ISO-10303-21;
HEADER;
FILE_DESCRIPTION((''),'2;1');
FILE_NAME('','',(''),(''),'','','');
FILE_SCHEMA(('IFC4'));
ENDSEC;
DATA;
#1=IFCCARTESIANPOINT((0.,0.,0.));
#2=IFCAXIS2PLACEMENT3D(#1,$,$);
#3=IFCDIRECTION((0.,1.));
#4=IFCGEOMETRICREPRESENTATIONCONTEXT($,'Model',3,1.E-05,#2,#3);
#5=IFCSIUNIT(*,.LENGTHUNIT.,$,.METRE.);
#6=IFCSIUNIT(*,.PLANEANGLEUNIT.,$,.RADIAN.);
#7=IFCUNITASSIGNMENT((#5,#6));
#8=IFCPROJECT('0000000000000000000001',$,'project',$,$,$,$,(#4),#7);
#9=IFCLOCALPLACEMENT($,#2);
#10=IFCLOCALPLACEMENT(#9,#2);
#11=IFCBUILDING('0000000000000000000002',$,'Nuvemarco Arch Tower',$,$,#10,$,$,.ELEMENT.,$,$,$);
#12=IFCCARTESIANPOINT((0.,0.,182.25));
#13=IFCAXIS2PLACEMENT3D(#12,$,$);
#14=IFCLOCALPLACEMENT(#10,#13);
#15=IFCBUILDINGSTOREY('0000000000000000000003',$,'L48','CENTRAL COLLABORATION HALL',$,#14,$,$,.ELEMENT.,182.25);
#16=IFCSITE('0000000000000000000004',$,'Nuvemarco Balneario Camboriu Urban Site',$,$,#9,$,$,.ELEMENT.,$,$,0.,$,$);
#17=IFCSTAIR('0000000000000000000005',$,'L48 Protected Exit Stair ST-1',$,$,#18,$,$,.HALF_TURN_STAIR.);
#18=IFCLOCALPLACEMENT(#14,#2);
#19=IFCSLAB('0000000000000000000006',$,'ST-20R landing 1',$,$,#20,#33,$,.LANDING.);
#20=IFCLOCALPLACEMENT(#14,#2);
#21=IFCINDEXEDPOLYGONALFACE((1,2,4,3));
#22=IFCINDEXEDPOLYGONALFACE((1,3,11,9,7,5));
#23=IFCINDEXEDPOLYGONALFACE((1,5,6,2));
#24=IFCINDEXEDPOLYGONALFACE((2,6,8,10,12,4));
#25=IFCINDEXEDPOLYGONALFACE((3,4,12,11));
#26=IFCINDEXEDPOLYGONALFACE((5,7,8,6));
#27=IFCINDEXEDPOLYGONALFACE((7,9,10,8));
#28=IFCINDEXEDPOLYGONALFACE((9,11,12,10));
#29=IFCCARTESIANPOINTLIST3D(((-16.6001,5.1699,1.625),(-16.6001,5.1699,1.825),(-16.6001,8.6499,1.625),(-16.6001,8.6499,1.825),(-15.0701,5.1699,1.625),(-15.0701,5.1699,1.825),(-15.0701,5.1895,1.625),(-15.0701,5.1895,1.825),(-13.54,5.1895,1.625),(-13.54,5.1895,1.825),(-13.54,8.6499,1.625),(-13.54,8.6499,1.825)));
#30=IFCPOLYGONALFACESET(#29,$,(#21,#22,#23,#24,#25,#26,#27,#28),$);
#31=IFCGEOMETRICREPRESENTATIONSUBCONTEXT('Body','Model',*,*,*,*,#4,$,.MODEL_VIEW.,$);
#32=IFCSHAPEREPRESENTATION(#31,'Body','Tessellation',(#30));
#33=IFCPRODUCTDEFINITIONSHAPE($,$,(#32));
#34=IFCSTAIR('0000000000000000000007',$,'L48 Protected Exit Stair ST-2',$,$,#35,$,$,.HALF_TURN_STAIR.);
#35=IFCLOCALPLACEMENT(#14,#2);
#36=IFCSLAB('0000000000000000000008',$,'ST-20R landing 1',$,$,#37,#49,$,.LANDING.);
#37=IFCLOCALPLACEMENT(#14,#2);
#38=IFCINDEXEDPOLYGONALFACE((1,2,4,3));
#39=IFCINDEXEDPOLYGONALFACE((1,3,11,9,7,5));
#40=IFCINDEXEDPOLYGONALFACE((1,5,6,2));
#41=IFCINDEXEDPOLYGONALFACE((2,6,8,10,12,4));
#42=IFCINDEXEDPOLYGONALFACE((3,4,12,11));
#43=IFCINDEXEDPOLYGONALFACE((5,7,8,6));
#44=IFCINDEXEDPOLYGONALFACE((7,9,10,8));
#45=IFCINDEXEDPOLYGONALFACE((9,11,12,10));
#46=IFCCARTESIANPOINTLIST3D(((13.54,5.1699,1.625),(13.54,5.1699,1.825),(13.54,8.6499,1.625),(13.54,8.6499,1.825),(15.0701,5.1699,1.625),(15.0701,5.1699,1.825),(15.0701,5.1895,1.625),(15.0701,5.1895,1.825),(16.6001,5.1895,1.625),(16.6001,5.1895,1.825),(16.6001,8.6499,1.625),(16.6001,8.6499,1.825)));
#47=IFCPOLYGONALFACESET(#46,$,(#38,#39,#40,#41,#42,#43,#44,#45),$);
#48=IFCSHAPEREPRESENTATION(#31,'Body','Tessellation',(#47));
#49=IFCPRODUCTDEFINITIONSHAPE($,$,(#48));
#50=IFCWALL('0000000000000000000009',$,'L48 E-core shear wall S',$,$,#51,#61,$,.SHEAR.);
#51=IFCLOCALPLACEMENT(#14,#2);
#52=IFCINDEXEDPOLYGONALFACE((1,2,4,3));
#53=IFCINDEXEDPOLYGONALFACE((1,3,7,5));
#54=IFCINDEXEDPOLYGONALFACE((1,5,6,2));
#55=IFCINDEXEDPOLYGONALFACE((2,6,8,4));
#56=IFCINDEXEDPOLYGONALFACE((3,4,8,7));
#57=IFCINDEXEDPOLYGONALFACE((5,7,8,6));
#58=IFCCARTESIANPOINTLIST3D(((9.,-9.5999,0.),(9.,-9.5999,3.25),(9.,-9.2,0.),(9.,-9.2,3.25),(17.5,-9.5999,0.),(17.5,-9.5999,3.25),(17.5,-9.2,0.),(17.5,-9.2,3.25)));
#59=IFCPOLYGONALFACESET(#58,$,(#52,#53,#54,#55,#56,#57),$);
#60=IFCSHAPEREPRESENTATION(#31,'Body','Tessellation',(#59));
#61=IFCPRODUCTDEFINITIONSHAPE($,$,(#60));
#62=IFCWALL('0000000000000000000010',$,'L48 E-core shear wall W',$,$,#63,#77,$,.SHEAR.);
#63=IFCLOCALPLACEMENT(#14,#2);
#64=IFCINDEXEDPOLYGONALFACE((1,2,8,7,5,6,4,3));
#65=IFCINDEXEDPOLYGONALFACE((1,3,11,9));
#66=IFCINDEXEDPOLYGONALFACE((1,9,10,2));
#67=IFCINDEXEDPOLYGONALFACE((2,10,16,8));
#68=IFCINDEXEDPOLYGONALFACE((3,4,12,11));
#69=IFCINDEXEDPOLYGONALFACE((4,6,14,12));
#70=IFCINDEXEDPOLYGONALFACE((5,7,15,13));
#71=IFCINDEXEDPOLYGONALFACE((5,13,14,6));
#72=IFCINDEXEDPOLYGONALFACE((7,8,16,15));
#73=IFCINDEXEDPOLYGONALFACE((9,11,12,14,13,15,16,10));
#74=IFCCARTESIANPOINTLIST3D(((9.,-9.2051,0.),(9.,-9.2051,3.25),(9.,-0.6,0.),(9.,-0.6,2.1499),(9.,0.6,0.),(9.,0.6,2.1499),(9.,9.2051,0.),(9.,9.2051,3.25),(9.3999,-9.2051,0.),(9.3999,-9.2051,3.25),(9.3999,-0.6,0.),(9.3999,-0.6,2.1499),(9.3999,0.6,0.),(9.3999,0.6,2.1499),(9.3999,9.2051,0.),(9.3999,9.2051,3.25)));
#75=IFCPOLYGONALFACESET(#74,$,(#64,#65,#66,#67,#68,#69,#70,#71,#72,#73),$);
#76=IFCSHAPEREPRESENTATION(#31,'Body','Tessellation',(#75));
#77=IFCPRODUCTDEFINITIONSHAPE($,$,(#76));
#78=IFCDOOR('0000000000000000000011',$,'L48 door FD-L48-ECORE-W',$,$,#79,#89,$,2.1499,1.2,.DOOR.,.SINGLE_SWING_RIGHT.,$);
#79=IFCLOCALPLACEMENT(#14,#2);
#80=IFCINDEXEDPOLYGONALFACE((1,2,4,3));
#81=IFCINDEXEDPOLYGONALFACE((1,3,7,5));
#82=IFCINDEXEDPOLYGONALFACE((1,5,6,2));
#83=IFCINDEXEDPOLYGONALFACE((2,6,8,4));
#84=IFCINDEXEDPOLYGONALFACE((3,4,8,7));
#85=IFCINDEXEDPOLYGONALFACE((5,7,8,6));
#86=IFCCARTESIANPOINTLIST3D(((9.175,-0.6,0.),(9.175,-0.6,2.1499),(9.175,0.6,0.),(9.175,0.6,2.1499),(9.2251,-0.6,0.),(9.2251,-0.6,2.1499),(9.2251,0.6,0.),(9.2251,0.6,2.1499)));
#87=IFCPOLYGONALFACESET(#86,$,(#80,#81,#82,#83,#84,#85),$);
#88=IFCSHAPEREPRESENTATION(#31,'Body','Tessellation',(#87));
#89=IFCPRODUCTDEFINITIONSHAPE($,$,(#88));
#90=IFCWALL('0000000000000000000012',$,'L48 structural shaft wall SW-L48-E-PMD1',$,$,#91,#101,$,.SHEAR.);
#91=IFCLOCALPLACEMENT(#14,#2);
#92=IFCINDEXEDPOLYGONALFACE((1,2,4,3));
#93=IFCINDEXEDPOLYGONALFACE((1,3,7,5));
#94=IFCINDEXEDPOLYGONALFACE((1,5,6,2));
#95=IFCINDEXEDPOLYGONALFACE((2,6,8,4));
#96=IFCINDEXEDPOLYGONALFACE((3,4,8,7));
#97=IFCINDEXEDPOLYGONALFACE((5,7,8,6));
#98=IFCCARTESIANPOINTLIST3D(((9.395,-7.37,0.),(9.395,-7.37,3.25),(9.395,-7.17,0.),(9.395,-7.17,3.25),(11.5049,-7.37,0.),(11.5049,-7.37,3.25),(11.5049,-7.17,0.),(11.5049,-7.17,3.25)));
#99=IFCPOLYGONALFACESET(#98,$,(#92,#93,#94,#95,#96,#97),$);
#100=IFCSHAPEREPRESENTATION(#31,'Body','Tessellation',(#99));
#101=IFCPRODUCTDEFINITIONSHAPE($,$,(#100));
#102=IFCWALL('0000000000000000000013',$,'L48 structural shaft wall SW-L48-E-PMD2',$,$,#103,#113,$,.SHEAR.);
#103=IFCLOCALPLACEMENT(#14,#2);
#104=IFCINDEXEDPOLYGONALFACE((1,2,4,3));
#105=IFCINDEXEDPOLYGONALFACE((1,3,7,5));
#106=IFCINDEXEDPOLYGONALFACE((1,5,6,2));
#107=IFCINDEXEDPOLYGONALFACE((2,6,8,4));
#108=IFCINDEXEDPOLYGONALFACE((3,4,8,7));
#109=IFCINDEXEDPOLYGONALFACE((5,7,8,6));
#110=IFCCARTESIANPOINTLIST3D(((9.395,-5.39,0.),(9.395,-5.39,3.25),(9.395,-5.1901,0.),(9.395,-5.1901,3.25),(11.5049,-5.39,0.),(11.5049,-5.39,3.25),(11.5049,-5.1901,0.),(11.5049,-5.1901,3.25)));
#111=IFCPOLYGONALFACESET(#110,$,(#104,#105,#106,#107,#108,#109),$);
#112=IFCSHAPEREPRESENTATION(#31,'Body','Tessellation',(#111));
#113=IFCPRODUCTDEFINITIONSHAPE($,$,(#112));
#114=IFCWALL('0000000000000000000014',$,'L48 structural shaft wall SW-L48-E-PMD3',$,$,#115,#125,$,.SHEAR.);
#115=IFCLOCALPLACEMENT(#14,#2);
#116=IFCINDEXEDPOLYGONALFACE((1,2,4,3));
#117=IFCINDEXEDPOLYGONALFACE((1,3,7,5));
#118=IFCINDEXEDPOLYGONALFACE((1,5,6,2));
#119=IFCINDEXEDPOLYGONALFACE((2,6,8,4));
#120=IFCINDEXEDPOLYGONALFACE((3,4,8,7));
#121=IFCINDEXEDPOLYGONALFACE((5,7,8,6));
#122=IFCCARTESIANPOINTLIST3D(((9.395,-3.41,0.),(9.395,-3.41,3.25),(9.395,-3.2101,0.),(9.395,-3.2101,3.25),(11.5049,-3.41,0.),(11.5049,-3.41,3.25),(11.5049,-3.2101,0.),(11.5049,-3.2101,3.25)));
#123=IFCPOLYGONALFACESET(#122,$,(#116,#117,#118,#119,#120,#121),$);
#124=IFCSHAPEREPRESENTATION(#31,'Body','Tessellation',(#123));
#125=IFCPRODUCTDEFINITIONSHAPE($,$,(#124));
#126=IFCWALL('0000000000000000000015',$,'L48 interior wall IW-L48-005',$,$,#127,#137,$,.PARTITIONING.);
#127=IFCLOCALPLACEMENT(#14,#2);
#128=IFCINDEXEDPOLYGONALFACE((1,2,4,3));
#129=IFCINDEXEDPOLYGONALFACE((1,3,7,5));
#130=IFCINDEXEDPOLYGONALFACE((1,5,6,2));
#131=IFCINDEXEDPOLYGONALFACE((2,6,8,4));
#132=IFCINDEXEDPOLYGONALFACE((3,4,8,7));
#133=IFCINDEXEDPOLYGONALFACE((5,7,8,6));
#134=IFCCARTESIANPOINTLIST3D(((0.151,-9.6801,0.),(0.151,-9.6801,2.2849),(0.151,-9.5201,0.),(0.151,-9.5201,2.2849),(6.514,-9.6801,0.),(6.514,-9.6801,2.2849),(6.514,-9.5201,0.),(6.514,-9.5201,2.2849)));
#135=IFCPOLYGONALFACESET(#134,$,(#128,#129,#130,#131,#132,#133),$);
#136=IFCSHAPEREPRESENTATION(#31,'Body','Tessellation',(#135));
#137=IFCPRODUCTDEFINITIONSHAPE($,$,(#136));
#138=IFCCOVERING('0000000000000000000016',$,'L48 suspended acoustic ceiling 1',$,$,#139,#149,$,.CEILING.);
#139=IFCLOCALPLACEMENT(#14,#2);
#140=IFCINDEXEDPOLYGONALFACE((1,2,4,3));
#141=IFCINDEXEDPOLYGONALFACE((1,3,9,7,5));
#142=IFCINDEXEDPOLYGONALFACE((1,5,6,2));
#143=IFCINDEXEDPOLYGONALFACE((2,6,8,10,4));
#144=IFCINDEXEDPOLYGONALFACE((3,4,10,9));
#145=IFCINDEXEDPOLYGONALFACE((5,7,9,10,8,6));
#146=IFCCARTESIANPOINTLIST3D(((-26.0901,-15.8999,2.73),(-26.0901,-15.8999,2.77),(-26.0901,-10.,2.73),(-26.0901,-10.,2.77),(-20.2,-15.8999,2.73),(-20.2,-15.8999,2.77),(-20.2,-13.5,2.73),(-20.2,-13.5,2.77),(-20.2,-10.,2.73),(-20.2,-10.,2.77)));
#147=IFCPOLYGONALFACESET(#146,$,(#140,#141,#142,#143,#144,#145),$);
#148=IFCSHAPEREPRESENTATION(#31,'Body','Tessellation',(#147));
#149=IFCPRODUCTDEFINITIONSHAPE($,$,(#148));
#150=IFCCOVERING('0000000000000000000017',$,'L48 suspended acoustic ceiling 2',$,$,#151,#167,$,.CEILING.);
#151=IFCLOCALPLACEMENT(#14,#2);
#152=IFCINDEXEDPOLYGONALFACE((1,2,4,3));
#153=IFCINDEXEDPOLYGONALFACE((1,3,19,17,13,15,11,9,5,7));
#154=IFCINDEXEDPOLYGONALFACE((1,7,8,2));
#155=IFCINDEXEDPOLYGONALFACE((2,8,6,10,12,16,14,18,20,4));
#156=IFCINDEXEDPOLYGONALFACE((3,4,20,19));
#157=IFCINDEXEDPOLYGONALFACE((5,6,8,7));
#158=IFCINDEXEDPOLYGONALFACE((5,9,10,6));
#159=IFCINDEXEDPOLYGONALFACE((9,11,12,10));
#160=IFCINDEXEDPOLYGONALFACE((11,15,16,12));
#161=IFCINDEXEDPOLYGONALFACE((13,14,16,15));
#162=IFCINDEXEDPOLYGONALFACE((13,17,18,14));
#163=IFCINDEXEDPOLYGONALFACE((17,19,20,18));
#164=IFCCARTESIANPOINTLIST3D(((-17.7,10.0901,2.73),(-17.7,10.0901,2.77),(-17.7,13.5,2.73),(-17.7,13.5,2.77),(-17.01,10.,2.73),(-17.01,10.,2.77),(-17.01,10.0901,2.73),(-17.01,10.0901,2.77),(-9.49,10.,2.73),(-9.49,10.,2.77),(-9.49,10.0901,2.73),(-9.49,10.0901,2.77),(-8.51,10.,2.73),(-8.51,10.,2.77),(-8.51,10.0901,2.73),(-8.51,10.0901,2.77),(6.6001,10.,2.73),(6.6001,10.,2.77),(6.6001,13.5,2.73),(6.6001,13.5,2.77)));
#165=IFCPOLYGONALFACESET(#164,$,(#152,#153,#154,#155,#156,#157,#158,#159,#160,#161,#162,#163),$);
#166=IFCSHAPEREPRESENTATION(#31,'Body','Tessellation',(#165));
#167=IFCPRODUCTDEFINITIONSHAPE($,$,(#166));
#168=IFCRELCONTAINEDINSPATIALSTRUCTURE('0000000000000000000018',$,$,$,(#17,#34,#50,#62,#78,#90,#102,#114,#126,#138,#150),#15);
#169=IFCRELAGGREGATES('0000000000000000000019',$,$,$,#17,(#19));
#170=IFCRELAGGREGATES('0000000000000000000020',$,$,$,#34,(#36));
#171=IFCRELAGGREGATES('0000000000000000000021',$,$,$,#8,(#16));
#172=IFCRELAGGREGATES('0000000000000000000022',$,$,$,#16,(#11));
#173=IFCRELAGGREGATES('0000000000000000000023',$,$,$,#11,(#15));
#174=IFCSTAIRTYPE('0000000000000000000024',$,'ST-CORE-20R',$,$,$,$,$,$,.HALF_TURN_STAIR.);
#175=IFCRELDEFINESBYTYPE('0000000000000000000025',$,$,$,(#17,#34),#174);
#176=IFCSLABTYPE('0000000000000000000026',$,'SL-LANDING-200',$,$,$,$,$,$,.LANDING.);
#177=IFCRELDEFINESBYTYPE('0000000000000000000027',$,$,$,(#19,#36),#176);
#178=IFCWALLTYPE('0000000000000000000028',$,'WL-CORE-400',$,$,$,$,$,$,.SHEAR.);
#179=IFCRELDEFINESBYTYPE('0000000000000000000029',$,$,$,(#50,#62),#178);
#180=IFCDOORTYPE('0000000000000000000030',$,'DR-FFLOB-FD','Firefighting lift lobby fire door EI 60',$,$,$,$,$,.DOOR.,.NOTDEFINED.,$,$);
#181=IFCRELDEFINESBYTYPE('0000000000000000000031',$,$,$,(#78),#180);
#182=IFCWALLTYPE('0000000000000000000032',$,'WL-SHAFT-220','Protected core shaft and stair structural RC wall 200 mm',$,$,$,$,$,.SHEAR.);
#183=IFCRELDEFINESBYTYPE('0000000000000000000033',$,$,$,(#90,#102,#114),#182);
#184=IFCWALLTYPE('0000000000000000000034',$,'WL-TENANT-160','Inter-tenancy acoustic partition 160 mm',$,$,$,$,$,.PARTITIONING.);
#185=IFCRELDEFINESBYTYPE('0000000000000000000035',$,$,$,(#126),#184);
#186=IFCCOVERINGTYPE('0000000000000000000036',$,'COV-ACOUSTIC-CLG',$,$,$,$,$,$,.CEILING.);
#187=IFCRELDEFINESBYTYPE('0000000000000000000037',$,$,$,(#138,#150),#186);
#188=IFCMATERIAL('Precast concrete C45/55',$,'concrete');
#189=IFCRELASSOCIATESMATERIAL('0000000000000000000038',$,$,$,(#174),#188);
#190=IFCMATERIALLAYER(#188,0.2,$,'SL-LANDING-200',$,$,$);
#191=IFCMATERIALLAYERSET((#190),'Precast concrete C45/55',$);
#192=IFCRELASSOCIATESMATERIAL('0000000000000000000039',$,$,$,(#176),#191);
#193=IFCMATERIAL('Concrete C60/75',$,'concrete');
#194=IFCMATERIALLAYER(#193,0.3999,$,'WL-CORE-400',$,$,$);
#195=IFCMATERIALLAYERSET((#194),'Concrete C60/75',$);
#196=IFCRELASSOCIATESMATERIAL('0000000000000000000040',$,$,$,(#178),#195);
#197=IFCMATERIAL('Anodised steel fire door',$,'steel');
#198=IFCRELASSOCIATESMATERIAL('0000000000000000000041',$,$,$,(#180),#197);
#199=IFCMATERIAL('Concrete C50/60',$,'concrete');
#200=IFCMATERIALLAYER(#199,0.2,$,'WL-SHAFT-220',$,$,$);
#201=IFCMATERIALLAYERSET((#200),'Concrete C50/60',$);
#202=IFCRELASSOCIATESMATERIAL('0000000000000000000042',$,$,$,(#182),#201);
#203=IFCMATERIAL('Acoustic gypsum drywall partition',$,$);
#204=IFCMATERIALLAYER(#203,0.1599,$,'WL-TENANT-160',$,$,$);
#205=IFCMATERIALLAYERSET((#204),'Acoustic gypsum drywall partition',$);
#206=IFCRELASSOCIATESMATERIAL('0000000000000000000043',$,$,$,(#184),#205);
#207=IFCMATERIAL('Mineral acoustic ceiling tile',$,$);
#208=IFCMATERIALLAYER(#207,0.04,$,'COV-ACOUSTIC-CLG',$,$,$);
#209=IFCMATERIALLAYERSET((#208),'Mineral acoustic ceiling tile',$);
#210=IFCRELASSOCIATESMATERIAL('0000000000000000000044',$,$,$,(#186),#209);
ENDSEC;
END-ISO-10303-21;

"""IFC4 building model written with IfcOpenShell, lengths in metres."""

from ifc_helpers import new_model, si_unit, direction, frame, frame_2d, origin, place, context, subcontext, project, spatial, polyline, rectangle, outline, extrude, source, transform, mapped, material, layer, layer_set, type_object, type_shapes, element, fill, aggregate, save


model = new_model("IFC4")

# Units and contexts
model_context = context("Model", 3, precision=1e-05, world=origin(), true_north=direction((0.0, 1.0)))
body_context = subcontext(model_context, "Body", "Model", "MODEL_VIEW")
ifc_project = project(units=[si_unit("LENGTHUNIT", "METRE"), si_unit("PLANEANGLEUNIT", "RADIAN")], contexts=[model_context])

# Site, building, storey
site_placement = place(None, origin())
site = spatial("IfcSite", under=ifc_project, at=site_placement, Name="Nuvemarco Balneario Camboriu Urban Site", CompositionType="ELEMENT", RefElevation=0.0)
building_placement = place(site_placement, origin())
building = spatial("IfcBuilding", under=site, at=building_placement, Name="Nuvemarco Arch Tower", CompositionType="ELEMENT")
storey_placement = place(building_placement, frame((0.0, 0.0, 182.25)))
storey = spatial("IfcBuildingStorey", under=building, at=storey_placement, Name="L48", Description="CENTRAL COLLABORATION HALL", CompositionType="ELEMENT", Elevation=182.25)

# Shared definitions
ifc_material_1 = material(Name="Concrete C50/60", Category="concrete")

# Shared definitions
ifc_material_2 = material(Name="Concrete C60/75", Category="concrete")

# Stairs, slabs
ifc_material_3 = material(Name="Precast concrete C45/55", Category="concrete")
stair_type = type_object("IfcStairType", Name="ST-CORE-20R", PredefinedType="HALF_TURN_STAIR", material=ifc_material_3)
stair_1_placement = place(storey_placement, origin())
stair_1 = element("IfcStair", 1, at=stair_1_placement, inside=storey, type_object=stair_type, Name="L48 Protected Exit Stair ST-1", PredefinedType="HALF_TURN_STAIR")
ifc_layer_1 = layer(ifc_material_3, 0.2, Name="SL-LANDING-200")
ifc_layer_set_1 = layer_set([ifc_layer_1], Name="Precast concrete C45/55")
slab_type = type_object("IfcSlabType", Name="SL-LANDING-200", PredefinedType="LANDING", material=ifc_layer_set_1)
slab_1_placement = place(storey_placement, frame((0.0, 0.0, 1.625)))
slab_1 = element("IfcSlab", 2, at=slab_1_placement, type_object=slab_type, Name="ST-20R landing 1", PredefinedType="LANDING", context=body_context, shape_type="SweptSolid", body=[
    extrude(outline(polyline([(-13.54, 5.1895), (-13.54, 8.6499), (-16.6001, 8.6499), (-16.6001, 5.1699), (-15.0701, 5.1699), (-15.0701, 5.1895), (-13.54, 5.1895)])), origin(), (0.0, 0.0, 1.0), 0.2),
])
aggregate(stair_1, [slab_1])
stair_2_placement = place(storey_placement, origin())
stair_2 = element("IfcStair", 3, at=stair_2_placement, inside=storey, type_object=stair_type, Name="L48 Protected Exit Stair ST-2", PredefinedType="HALF_TURN_STAIR")
slab_2_placement = place(storey_placement, frame((0.0, 0.0, 1.625)))
slab_2 = element("IfcSlab", 4, at=slab_2_placement, type_object=slab_type, Name="ST-20R landing 1", PredefinedType="LANDING", context=body_context, shape_type="SweptSolid", body=[
    extrude(outline(polyline([(16.6001, 5.1895), (16.6001, 8.6499), (13.54, 8.6499), (13.54, 5.1699), (15.0701, 5.1699), (15.0701, 5.1895), (16.6001, 5.1895)])), origin(), (0.0, 0.0, 1.0), 0.2),
])
aggregate(stair_2, [slab_2])

# Wall
ifc_layer_2 = layer(ifc_material_2, 0.3999, Name="WL-CORE-400")
ifc_layer_set_2 = layer_set([ifc_layer_2], Name="Concrete C60/75")
wall_type_1 = type_object("IfcWallType", Name="WL-CORE-400", PredefinedType="SHEAR", material=ifc_layer_set_2)
wall_1_placement = place(storey_placement, frame((9.0, -9.3999, 0.0), z_axis=(0.0, 0.0, 1.0), x_axis=(1.0, 0.0, 0.0)))
element("IfcWall", 5, at=wall_1_placement, inside=storey, type_object=wall_type_1, Name="L48 E-core shear wall S", PredefinedType="SHEAR", context=body_context, shape_type="SweptSolid", body=[
    extrude(rectangle(XDim=8.5, YDim=0.3999, at=frame_2d((4.25, 0.0))), origin(), (0.0, 0.0, 1.0), 3.25),
])

# Wall, opening, door
wall_2_placement = place(storey_placement, frame((9.2, -9.2051, 0.0), z_axis=(0.0, 0.0, 1.0), x_axis=(0.0, 1.0, 0.0)))
wall_2 = element("IfcWall", 6, at=wall_2_placement, inside=storey, type_object=wall_type_1, Name="L48 E-core shear wall W", PredefinedType="SHEAR", context=body_context, shape_type="SweptSolid", body=[
    extrude(rectangle(XDim=18.4102, YDim=0.3999, at=frame_2d((9.2051, 0.0))), origin(), (0.0, 0.0, 1.0), 3.25),
])
opening_placement = place(wall_2_placement, frame((8.605, 0.0, 0.0)))
opening = element("IfcOpeningElement", 7, at=opening_placement, cuts=wall_2, PredefinedType="OPENING", context=body_context, shape_type="SweptSolid", body=[
    extrude(rectangle(XDim=1.2, YDim=2.1499, at=frame_2d((0.6001, 1.075))), frame((0.0, 0.21, 0.0), z_axis=(0.0, -1.0, 0.0), x_axis=(1.0, 0.0, 0.0)), (0.0, 0.0, 1.0), 0.4199),
])
ifc_material_4 = material(Name="Anodised steel fire door", Category="steel")
door_type = type_object("IfcDoorType", Name="DR-FFLOB-FD", Description="Firefighting lift lobby fire door EI 60", OperationType="NOTDEFINED", PredefinedType="DOOR", material=ifc_material_4)
shared_shape = source(origin(), body_context, "Body", "SweptSolid", [
    extrude(rectangle(XDim=1.2, YDim=2.1499, at=frame_2d((0.6001, 1.075))), frame((0.0, 0.0249, 0.0), z_axis=(0.0, -1.0, 0.0), x_axis=(1.0, 0.0, 0.0)), (0.0, 0.0, 1.0), 0.05),
])
type_shapes(door_type, [shared_shape])
door_placement = place(opening_placement, origin())
door = element("IfcDoor", 8, at=door_placement, inside=storey, type_object=door_type, Name="L48 door FD-L48-ECORE-W", OperationType="SINGLE_SWING_RIGHT", OverallHeight=2.1499, OverallWidth=1.2, PredefinedType="DOOR", context=body_context, shape_type="MappedRepresentation", body=[
    mapped(shared_shape, transform((0.0, 0.0, 0.0), scale=1.0)),
])
fill(opening, door)

# Walls
ifc_layer_3 = layer(ifc_material_1, 0.2, Name="WL-SHAFT-220")
ifc_layer_set_3 = layer_set([ifc_layer_3], Name="Concrete C50/60")
wall_type_2 = type_object("IfcWallType", Name="WL-SHAFT-220", Description="Protected core shaft and stair structural RC wall 200 mm", PredefinedType="SHEAR", material=ifc_layer_set_3)
for number, where, z_axis, x_axis, name in (
    (9, (9.395, -7.27, 0.0), (0.0, 0.0, 1.0), (1.0, 0.0, 0.0), "L48 structural shaft wall SW-L48-E-PMD1"),
    (10, (9.395, -5.29, 0.0), (0.0, 0.0, 1.0), (1.0, 0.0, 0.0), "L48 structural shaft wall SW-L48-E-PMD2"),
    (11, (9.395, -3.3101, 0.0), (0.0, 0.0, 1.0), (1.0, 0.0, 0.0), "L48 structural shaft wall SW-L48-E-PMD3"),
):
    element("IfcWall", number, at=place(storey_placement, frame(where, z_axis=z_axis, x_axis=x_axis)), inside=storey, type_object=wall_type_2, Name=name, PredefinedType="SHEAR", context=body_context, shape_type="SweptSolid", body=[
        extrude(rectangle(XDim=2.1099, YDim=0.2, at=frame_2d((1.0549, 0.0))), origin(), (0.0, 0.0, 1.0), 3.25),
    ])
ifc_material_5 = material(Name="Acoustic gypsum drywall partition")
ifc_layer_4 = layer(ifc_material_5, 0.1599, Name="WL-TENANT-160")
ifc_layer_set_4 = layer_set([ifc_layer_4], Name="Acoustic gypsum drywall partition")
wall_type_3 = type_object("IfcWallType", Name="WL-TENANT-160", Description="Inter-tenancy acoustic partition 160 mm", PredefinedType="PARTITIONING", material=ifc_layer_set_4)
wall_3_placement = place(storey_placement, frame((0.1509, -9.6001, 0.0), z_axis=(0.0, 0.0, 1.0), x_axis=(1.0, 0.0, 0.0)))
element("IfcWall", 12, at=wall_3_placement, inside=storey, type_object=wall_type_3, Name="L48 interior wall IW-L48-005", PredefinedType="PARTITIONING", context=body_context, shape_type="SweptSolid", body=[
    extrude(rectangle(XDim=6.363, YDim=0.1599, at=frame_2d((3.1816, 0.0))), origin(), (0.0, 0.0, 1.0), 2.2849),
])

# Coverings
ifc_material_6 = material(Name="Mineral acoustic ceiling tile")
ifc_layer_5 = layer(ifc_material_6, 0.04, Name="COV-ACOUSTIC-CLG")
ifc_layer_set_5 = layer_set([ifc_layer_5], Name="Mineral acoustic ceiling tile")
covering_type = type_object("IfcCoveringType", Name="COV-ACOUSTIC-CLG", PredefinedType="CEILING", material=ifc_layer_set_5)
covering_1_placement = place(storey_placement, frame((0.0, 0.0, 2.73)))
element("IfcCovering", 13, at=covering_1_placement, inside=storey, type_object=covering_type, Name="L48 suspended acoustic ceiling 1", PredefinedType="CEILING", context=body_context, shape_type="SweptSolid", body=[
    extrude(outline(polyline([(-20.2, -13.5), (-20.2, -15.8999), (-26.0901, -15.8999), (-26.0901, -10.0), (-20.2, -10.0), (-20.2, -13.5)])), origin(), (0.0, 0.0, 1.0), 0.04),
])
covering_2_placement = place(storey_placement, frame((0.0, 0.0, 2.73)))
element("IfcCovering", 14, at=covering_2_placement, inside=storey, type_object=covering_type, Name="L48 suspended acoustic ceiling 2", PredefinedType="CEILING", context=body_context, shape_type="SweptSolid", body=[
    extrude(outline(polyline([(6.6001, 13.5), (6.6001, 10.0), (-8.51, 10.0), (-8.51, 10.0901), (-9.49, 10.0901), (-9.49, 10.0), (-17.01, 10.0), (-17.01, 10.0901), (-17.7, 10.0901), (-17.7, 13.5), (6.6001, 13.5)])), origin(), (0.0, 0.0, 1.0), 0.04),
])

save(model, "model.ifc")
